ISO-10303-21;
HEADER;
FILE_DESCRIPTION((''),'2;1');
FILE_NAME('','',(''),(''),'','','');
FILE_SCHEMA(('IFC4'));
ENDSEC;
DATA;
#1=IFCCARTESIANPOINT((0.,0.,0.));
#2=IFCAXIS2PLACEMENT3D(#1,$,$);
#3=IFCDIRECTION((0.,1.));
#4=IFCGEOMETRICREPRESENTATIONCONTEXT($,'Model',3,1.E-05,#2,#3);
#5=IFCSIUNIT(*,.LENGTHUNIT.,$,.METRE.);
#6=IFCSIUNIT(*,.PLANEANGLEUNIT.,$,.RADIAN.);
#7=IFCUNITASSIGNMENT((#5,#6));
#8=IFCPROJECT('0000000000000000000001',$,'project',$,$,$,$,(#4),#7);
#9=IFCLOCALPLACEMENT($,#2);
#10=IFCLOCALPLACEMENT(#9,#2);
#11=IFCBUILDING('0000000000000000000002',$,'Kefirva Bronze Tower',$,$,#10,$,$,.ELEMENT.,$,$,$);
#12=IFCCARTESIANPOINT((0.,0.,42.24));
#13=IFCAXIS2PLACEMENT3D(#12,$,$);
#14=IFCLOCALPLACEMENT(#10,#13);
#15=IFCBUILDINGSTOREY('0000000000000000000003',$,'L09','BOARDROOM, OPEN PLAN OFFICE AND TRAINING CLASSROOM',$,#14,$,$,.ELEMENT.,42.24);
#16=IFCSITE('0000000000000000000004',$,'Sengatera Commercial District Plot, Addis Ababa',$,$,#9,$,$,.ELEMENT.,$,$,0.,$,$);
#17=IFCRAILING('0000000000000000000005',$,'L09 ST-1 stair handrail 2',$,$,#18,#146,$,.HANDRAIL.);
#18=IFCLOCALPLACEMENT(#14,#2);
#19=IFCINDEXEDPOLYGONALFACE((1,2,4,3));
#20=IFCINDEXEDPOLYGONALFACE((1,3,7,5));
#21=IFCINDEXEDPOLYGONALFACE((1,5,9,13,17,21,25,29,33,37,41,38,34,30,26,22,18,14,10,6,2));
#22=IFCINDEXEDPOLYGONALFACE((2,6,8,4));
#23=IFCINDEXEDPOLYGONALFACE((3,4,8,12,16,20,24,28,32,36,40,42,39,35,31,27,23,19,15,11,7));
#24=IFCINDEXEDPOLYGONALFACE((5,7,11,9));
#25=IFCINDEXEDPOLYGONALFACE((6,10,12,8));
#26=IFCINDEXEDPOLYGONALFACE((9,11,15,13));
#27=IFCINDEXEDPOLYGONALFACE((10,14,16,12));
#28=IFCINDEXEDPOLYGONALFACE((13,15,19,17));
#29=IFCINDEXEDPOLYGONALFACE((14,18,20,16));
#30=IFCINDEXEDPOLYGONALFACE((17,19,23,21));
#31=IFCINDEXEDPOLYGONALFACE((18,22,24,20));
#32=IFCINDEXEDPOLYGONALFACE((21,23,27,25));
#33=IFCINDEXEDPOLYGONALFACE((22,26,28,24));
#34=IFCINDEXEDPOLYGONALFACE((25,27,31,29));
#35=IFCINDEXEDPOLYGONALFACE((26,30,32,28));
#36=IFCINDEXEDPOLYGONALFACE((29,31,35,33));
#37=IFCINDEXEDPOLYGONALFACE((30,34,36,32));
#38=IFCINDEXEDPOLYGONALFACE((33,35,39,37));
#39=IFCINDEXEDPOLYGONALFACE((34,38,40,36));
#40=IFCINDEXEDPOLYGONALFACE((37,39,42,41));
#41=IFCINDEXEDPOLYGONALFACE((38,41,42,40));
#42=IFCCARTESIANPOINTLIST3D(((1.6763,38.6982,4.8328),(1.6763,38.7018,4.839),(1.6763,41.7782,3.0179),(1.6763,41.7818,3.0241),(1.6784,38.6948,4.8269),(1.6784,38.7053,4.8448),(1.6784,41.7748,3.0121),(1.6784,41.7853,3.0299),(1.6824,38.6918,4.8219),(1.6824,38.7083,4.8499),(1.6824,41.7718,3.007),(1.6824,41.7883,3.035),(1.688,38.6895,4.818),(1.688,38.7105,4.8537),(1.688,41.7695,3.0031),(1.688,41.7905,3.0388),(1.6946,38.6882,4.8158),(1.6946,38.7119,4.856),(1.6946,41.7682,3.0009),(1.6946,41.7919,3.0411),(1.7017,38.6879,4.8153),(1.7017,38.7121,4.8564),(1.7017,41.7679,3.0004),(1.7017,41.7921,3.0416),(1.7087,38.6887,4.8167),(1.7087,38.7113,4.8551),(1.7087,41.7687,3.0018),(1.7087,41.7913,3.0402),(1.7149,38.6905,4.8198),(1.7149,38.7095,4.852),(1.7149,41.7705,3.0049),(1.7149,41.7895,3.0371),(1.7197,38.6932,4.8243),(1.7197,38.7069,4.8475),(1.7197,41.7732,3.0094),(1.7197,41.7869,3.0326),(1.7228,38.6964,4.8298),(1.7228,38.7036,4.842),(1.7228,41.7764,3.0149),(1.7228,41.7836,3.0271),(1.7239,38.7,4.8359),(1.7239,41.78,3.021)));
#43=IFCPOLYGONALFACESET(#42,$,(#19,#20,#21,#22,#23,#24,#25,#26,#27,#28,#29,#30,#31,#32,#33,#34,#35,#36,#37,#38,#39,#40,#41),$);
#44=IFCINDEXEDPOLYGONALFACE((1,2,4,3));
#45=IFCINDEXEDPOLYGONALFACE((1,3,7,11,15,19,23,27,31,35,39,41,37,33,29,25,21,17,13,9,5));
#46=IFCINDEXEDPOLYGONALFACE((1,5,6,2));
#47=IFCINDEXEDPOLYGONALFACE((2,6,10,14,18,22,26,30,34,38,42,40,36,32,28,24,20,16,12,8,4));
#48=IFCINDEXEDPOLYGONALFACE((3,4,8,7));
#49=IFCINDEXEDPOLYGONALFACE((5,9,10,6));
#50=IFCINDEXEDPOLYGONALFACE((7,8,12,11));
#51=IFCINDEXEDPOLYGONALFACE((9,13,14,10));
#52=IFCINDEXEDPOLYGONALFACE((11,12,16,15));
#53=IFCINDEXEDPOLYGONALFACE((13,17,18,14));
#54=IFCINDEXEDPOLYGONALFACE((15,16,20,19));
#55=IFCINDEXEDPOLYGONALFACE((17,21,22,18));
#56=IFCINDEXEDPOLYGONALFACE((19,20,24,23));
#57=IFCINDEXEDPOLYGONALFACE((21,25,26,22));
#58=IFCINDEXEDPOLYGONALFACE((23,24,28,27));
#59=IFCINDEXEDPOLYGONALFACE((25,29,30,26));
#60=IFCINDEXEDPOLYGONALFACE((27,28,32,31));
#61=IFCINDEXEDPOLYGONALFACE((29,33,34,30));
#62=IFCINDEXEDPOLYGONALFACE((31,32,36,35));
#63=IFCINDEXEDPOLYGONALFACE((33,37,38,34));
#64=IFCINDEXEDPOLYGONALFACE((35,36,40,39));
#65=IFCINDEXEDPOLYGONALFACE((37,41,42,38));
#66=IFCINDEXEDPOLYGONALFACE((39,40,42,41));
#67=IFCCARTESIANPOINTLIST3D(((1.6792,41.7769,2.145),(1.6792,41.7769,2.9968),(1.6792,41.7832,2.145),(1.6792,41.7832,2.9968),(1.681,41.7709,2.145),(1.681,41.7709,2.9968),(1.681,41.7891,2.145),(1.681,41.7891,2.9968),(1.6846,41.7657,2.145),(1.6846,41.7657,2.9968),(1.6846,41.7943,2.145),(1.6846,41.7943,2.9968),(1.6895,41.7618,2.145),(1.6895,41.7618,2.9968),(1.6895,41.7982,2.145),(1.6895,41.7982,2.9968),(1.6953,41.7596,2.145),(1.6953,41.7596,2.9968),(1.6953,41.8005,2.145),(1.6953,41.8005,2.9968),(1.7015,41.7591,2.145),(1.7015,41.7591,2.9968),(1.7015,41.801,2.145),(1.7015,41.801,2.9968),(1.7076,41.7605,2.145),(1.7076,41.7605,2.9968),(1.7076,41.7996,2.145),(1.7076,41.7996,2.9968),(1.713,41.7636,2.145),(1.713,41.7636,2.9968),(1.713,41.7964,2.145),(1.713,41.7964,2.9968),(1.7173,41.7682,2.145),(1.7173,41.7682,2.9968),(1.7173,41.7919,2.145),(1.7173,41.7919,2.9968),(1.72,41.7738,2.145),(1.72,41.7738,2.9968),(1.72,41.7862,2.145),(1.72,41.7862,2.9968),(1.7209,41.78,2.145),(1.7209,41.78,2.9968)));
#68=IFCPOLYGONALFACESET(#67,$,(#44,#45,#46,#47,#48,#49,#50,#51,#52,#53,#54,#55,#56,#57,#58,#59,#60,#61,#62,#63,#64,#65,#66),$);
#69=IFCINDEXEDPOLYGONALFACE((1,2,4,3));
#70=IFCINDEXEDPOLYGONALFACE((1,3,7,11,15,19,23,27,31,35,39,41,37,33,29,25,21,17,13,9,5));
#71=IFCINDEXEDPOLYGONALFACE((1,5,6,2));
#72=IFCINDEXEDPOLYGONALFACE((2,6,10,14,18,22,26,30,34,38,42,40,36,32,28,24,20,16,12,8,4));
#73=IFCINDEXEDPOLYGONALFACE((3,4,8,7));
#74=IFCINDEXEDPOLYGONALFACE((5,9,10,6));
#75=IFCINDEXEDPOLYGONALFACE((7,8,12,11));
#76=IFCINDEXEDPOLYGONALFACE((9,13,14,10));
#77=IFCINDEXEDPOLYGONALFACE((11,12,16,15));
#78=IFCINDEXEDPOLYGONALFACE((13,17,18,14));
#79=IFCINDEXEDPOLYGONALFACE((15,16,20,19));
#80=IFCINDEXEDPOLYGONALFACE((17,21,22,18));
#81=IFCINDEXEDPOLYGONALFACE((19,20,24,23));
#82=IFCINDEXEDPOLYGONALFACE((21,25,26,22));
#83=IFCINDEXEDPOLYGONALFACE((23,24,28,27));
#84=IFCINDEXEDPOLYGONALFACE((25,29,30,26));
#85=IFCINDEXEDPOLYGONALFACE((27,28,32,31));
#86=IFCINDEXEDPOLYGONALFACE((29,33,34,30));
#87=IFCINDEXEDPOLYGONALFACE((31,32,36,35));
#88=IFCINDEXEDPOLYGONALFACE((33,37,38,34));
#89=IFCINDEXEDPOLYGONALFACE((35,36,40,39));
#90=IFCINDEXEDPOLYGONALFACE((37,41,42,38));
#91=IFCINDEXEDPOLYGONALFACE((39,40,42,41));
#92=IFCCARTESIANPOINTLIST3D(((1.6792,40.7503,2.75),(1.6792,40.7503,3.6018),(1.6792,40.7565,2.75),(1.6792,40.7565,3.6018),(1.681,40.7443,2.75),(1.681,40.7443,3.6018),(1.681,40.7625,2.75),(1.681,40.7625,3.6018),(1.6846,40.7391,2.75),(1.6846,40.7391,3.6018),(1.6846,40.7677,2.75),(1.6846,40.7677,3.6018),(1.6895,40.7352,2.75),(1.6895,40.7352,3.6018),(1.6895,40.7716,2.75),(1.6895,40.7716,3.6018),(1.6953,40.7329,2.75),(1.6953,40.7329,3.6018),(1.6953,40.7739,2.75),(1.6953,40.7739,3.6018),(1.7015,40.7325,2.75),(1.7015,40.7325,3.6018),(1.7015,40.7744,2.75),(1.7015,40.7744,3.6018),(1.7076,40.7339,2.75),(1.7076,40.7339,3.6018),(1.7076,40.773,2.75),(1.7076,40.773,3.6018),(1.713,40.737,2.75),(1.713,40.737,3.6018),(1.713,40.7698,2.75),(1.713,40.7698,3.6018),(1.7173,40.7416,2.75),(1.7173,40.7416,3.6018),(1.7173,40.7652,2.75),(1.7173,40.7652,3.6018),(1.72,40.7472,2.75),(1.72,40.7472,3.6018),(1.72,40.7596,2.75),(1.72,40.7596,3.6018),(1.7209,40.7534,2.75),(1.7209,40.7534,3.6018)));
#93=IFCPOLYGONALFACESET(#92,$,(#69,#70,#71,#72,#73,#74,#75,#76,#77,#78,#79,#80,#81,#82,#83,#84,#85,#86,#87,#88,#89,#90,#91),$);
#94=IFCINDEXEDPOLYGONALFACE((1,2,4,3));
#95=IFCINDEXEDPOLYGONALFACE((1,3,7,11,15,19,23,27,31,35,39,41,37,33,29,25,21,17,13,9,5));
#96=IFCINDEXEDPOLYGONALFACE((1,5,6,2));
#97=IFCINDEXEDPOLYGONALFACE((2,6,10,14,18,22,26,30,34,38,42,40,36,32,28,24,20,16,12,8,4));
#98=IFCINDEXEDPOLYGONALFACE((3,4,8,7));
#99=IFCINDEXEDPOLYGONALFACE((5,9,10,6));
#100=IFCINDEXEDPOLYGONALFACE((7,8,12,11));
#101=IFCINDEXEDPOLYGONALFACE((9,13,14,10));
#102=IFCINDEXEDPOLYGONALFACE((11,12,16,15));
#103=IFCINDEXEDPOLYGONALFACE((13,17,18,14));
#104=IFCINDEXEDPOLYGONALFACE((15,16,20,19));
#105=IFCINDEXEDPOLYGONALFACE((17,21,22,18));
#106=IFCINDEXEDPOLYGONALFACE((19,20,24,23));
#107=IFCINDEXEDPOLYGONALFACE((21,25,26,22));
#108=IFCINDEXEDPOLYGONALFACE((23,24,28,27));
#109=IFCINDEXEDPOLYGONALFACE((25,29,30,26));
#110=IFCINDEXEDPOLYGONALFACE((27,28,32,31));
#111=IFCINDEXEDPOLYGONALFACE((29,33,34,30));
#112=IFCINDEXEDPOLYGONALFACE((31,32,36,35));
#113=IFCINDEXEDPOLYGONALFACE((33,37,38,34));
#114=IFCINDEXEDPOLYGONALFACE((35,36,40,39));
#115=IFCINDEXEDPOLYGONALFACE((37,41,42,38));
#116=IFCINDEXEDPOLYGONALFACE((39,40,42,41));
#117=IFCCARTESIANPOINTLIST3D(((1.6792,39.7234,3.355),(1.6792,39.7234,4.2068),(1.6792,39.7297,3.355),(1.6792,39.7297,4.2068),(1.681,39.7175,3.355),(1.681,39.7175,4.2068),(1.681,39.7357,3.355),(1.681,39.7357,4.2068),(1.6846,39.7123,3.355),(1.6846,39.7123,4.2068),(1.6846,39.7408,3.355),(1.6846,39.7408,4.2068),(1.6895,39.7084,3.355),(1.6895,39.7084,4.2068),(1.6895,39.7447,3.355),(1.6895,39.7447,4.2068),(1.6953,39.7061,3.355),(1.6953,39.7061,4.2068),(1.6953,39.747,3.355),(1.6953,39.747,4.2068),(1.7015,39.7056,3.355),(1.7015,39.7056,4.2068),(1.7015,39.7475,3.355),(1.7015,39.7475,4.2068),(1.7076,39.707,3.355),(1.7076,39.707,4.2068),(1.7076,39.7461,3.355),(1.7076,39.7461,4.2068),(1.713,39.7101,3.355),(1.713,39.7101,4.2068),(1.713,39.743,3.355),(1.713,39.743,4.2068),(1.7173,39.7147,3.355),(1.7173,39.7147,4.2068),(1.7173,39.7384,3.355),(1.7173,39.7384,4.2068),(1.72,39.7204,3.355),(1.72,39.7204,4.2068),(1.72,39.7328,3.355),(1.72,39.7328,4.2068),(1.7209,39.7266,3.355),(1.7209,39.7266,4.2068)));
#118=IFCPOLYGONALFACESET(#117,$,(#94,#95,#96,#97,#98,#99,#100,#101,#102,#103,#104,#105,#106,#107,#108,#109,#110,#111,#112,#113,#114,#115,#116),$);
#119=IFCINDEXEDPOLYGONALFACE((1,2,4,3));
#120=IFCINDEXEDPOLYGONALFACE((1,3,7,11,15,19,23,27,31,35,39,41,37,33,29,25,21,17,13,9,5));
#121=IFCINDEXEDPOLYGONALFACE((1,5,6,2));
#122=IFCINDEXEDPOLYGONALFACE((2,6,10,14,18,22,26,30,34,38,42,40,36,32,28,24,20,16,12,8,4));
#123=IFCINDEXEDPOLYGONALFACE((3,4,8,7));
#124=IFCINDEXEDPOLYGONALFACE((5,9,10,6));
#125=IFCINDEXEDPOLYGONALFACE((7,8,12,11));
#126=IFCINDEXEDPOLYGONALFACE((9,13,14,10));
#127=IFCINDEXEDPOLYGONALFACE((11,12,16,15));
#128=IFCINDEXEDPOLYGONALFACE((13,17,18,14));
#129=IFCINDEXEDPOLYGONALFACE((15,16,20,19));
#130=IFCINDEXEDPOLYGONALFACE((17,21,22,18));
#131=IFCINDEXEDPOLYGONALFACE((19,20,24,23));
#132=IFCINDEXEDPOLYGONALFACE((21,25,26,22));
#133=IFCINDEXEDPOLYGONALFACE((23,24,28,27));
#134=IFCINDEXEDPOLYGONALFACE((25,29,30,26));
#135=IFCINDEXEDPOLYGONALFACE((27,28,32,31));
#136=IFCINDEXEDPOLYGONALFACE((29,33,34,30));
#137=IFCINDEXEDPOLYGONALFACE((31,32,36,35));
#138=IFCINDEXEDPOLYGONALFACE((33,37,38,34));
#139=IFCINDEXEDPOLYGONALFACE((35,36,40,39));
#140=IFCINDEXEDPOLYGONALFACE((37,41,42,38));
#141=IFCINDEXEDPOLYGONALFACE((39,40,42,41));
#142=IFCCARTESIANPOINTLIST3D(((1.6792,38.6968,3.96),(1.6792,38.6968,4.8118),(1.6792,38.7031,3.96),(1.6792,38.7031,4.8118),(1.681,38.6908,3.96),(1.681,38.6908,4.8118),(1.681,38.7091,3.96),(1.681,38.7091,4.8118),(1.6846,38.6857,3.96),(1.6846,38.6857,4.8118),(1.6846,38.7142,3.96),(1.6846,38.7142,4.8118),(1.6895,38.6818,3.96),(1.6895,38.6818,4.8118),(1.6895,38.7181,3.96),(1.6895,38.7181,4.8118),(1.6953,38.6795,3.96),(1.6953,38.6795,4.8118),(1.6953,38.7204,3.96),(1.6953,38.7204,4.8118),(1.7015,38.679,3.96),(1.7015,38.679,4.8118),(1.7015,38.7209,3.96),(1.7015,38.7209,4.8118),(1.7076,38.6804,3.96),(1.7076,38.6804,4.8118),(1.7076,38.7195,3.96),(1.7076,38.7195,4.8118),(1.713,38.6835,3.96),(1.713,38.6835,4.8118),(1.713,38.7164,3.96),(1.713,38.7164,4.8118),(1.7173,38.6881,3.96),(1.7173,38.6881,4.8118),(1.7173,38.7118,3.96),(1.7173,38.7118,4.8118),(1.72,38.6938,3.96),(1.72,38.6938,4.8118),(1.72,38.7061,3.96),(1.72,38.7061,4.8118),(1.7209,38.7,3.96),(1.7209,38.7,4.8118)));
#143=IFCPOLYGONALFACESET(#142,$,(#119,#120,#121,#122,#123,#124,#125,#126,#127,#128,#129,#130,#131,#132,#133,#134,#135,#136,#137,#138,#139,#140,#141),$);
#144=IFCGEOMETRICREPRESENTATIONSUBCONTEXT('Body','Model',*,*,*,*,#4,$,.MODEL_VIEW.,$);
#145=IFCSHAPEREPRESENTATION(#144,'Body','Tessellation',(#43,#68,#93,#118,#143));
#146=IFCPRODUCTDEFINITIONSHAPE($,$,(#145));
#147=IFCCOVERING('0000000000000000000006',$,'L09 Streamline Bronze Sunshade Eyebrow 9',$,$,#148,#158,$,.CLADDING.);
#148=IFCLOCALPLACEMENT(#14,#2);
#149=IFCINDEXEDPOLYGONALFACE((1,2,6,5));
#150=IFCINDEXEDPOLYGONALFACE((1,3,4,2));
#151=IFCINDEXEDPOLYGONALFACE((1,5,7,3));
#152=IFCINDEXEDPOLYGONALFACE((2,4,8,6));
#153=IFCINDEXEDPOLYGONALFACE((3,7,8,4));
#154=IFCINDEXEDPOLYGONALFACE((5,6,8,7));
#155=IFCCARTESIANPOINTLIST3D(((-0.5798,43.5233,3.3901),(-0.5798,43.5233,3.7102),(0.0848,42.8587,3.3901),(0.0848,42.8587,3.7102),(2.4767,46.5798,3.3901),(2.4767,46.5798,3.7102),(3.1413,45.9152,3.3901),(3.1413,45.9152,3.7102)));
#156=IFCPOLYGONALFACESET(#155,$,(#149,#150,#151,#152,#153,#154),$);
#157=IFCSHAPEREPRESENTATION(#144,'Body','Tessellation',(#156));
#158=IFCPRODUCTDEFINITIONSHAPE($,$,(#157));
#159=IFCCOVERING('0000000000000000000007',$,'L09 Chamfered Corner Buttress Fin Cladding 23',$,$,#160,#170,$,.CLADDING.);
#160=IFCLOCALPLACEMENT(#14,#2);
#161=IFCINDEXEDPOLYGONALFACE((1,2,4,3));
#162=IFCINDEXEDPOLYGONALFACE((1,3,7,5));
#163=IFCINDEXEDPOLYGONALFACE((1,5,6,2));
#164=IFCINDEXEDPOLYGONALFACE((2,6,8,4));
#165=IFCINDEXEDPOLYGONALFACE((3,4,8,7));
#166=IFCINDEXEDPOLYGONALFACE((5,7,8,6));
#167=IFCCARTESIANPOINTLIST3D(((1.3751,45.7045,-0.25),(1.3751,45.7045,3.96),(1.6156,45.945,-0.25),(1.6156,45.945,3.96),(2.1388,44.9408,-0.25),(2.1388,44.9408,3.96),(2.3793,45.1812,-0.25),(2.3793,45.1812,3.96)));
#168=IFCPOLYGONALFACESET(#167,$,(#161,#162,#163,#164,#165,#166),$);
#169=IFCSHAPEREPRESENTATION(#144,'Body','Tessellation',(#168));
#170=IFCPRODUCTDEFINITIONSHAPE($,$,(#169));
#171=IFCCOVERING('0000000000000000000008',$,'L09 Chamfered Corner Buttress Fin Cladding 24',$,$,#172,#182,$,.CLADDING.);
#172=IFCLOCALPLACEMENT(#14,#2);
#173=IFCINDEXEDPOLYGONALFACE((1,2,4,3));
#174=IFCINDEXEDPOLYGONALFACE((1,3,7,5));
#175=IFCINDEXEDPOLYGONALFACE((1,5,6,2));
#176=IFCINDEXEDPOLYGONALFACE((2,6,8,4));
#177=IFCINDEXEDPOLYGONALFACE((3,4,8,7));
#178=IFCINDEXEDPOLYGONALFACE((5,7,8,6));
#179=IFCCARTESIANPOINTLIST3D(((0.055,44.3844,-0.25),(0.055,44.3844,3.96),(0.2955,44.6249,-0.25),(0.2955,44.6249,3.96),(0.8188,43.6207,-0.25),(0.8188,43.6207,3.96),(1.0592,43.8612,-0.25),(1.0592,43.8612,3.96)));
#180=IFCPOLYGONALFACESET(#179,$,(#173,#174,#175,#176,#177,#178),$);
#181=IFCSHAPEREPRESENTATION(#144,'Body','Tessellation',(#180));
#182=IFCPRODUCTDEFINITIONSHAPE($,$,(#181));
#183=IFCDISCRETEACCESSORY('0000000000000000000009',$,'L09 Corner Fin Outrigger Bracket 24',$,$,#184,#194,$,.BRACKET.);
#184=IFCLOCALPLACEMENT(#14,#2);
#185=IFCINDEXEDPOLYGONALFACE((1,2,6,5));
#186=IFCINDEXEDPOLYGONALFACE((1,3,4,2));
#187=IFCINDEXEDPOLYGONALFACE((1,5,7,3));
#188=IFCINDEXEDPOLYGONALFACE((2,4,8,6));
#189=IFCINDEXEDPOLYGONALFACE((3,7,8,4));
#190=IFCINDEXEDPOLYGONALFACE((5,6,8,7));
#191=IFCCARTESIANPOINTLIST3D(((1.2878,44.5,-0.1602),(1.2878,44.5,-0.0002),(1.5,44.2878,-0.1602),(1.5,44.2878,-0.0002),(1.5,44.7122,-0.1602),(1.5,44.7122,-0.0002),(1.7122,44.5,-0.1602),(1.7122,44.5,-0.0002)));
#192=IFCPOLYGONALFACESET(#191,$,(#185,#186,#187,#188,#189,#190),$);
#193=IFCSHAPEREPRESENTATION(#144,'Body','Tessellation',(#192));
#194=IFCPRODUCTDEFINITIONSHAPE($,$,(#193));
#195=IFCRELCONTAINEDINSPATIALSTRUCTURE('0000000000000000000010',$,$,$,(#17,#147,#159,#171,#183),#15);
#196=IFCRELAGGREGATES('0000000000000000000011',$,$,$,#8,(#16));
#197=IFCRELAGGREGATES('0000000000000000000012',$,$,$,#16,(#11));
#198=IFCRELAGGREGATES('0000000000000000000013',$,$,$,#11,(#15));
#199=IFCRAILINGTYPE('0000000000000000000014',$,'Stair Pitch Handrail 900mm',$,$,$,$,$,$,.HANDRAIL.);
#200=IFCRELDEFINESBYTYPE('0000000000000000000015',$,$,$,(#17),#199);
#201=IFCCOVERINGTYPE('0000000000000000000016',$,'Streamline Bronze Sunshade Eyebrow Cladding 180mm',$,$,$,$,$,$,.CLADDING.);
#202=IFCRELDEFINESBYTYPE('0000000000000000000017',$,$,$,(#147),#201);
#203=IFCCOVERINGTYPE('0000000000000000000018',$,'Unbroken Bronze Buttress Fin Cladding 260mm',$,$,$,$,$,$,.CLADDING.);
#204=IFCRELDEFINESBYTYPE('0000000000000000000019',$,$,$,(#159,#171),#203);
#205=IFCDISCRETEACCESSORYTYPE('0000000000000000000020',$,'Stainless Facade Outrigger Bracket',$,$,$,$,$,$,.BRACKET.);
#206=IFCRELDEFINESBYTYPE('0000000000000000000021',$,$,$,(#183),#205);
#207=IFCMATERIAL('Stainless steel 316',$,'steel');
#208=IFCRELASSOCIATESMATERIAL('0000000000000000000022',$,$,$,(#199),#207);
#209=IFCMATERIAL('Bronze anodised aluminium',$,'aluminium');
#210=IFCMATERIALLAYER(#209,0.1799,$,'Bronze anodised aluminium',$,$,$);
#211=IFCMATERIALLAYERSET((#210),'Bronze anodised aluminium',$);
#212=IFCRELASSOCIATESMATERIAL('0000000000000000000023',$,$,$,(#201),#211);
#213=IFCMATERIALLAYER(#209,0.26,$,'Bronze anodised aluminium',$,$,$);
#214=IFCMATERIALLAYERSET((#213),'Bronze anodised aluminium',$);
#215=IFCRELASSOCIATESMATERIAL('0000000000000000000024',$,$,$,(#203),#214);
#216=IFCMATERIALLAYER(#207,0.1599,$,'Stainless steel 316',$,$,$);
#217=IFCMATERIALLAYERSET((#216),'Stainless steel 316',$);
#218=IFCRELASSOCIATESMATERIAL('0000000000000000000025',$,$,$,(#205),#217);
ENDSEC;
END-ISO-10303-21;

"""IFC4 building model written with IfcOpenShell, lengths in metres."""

from ifc_helpers import new_model, si_unit, direction, frame, origin, origin_2d, place, context, subcontext, project, spatial, rectangle, circle, extrude, material, layer, layer_set, type_object, element, save


model = new_model("IFC4")

# Units and contexts
model_context = context("Model", 3, precision=1e-05, world=origin(), true_north=direction((0.0, 1.0)))
body_context = subcontext(model_context, "Body", "Model", "MODEL_VIEW")
ifc_project = project(units=[si_unit("LENGTHUNIT", "METRE"), si_unit("PLANEANGLEUNIT", "RADIAN")], contexts=[model_context])

# Site, building, storey
site_placement = place(None, origin())
site = spatial("IfcSite", under=ifc_project, at=site_placement, Name="Sengatera Commercial District Plot, Addis Ababa", CompositionType="ELEMENT", RefElevation=0.0)
building_placement = place(site_placement, origin())
building = spatial("IfcBuilding", under=site, at=building_placement, Name="Kefirva Bronze Tower", CompositionType="ELEMENT")
storey_placement = place(building_placement, frame((0.0, 0.0, 42.24)))
storey = spatial("IfcBuildingStorey", under=building, at=storey_placement, Name="L09", Description="BOARDROOM, OPEN PLAN OFFICE AND TRAINING CLASSROOM", CompositionType="ELEMENT", Elevation=42.24)

# Shared definitions
ifc_material_1 = material(Name="Bronze anodised aluminium", Category="aluminium")

# Railing
ifc_material_2 = material(Name="Stainless steel 316", Category="steel")
railing_type_1 = type_object("IfcRailingType", Name="Stair Pitch Handrail 900mm", PredefinedType="HANDRAIL", material=ifc_material_2)
railing_1_placement = place(storey_placement, frame((1.7, 41.78, 2.145)))
element("IfcRailing", 1, at=railing_1_placement, inside=storey, type_object=railing_type_1, Name="L09 ST-1 stair handrail 2", PredefinedType="HANDRAIL", context=body_context, shape_type="SweptSolid", body=[
    extrude(circle(Radius=0.0239, at=origin_2d()), frame((0.0, 0.0, 0.876), z_axis=(0.0, -0.861551, 0.507671), x_axis=(1.0, 0.0, 0.0)), (0.0, 0.0, 1.0), 3.575),
    extrude(circle(Radius=0.021, at=origin_2d()), origin(), (0.0, 0.0, 1.0), 0.8518),
    extrude(circle(Radius=0.021, at=origin_2d()), frame((0.0, -1.0266, 0.605)), (0.0, 0.0, 1.0), 0.8518),
    extrude(circle(Radius=0.021, at=origin_2d()), frame((0.0, -2.0535, 1.21)), (0.0, 0.0, 1.0), 0.8518),
    extrude(circle(Radius=0.021, at=origin_2d()), frame((0.0, -3.0801, 1.8149)), (0.0, 0.0, 1.0), 0.8518),
])

# Coverings
ifc_layer_1 = layer(ifc_material_1, 0.1799, Name="Bronze anodised aluminium")
ifc_layer_set_1 = layer_set([ifc_layer_1], Name="Bronze anodised aluminium")
covering_type_1 = type_object("IfcCoveringType", Name="Streamline Bronze Sunshade Eyebrow Cladding 180mm", PredefinedType="CLADDING", material=ifc_layer_set_1)
covering_1_placement = place(storey_placement, frame((1.2808, 44.7192, 3.3901), z_axis=(0.0, 0.0, 1.0), x_axis=(-0.707107, -0.707107, 0.0)))
element("IfcCovering", 2, at=covering_1_placement, inside=storey, type_object=covering_type_1, Name="L09 Streamline Bronze Sunshade Eyebrow 9", PredefinedType="CLADDING", context=body_context, shape_type="SweptSolid", body=[
    extrude(rectangle(XDim=4.3225, YDim=0.9399, at=origin_2d()), origin(), (0.0, 0.0, 1.0), 0.3201),
])
ifc_layer_2 = layer(ifc_material_1, 0.26, Name="Bronze anodised aluminium")
ifc_layer_set_2 = layer_set([ifc_layer_2], Name="Bronze anodised aluminium")
covering_type_2 = type_object("IfcCoveringType", Name="Unbroken Bronze Buttress Fin Cladding 260mm", PredefinedType="CLADDING", material=ifc_layer_set_2)
for number, where, z_axis, x_axis, name in (
    (3, (1.8772, 45.4429, -0.25), (0.0, 0.0, 1.0), (-0.707107, -0.707107, 0.0), "L09 Chamfered Corner Buttress Fin Cladding 23"),
    (4, (0.5571, 44.1228, -0.25), (0.0, 0.0, 1.0), (-0.707107, -0.707107, 0.0), "L09 Chamfered Corner Buttress Fin Cladding 24"),
):
    element("IfcCovering", number, at=place(storey_placement, frame(where, z_axis=z_axis, x_axis=x_axis)), inside=storey, type_object=covering_type_2, Name=name, PredefinedType="CLADDING", context=body_context, shape_type="SweptSolid", body=[
        extrude(rectangle(XDim=0.3401, YDim=1.0801, at=origin_2d()), origin(), (0.0, 0.0, 1.0), 4.21),
    ])

# Discrete accessory
ifc_layer_3 = layer(ifc_material_2, 0.1599, Name="Stainless steel 316")
ifc_layer_set_3 = layer_set([ifc_layer_3], Name="Stainless steel 316")
discrete_accessory_type = type_object("IfcDiscreteAccessoryType", Name="Stainless Facade Outrigger Bracket", PredefinedType="BRACKET", material=ifc_layer_set_3)
discrete_accessory_placement = place(storey_placement, frame((1.5, 44.5, -0.1602), z_axis=(0.0, 0.0, 1.0), x_axis=(-0.707107, -0.707107, 0.0)))
element("IfcDiscreteAccessory", 5, at=discrete_accessory_placement, inside=storey, type_object=discrete_accessory_type, Name="L09 Corner Fin Outrigger Bracket 24", PredefinedType="BRACKET", context=body_context, shape_type="SweptSolid", body=[
    extrude(rectangle(XDim=0.3, YDim=0.3, at=origin_2d()), origin(), (0.0, 0.0, 1.0), 0.1599),
])

save(model, "model.ifc")
